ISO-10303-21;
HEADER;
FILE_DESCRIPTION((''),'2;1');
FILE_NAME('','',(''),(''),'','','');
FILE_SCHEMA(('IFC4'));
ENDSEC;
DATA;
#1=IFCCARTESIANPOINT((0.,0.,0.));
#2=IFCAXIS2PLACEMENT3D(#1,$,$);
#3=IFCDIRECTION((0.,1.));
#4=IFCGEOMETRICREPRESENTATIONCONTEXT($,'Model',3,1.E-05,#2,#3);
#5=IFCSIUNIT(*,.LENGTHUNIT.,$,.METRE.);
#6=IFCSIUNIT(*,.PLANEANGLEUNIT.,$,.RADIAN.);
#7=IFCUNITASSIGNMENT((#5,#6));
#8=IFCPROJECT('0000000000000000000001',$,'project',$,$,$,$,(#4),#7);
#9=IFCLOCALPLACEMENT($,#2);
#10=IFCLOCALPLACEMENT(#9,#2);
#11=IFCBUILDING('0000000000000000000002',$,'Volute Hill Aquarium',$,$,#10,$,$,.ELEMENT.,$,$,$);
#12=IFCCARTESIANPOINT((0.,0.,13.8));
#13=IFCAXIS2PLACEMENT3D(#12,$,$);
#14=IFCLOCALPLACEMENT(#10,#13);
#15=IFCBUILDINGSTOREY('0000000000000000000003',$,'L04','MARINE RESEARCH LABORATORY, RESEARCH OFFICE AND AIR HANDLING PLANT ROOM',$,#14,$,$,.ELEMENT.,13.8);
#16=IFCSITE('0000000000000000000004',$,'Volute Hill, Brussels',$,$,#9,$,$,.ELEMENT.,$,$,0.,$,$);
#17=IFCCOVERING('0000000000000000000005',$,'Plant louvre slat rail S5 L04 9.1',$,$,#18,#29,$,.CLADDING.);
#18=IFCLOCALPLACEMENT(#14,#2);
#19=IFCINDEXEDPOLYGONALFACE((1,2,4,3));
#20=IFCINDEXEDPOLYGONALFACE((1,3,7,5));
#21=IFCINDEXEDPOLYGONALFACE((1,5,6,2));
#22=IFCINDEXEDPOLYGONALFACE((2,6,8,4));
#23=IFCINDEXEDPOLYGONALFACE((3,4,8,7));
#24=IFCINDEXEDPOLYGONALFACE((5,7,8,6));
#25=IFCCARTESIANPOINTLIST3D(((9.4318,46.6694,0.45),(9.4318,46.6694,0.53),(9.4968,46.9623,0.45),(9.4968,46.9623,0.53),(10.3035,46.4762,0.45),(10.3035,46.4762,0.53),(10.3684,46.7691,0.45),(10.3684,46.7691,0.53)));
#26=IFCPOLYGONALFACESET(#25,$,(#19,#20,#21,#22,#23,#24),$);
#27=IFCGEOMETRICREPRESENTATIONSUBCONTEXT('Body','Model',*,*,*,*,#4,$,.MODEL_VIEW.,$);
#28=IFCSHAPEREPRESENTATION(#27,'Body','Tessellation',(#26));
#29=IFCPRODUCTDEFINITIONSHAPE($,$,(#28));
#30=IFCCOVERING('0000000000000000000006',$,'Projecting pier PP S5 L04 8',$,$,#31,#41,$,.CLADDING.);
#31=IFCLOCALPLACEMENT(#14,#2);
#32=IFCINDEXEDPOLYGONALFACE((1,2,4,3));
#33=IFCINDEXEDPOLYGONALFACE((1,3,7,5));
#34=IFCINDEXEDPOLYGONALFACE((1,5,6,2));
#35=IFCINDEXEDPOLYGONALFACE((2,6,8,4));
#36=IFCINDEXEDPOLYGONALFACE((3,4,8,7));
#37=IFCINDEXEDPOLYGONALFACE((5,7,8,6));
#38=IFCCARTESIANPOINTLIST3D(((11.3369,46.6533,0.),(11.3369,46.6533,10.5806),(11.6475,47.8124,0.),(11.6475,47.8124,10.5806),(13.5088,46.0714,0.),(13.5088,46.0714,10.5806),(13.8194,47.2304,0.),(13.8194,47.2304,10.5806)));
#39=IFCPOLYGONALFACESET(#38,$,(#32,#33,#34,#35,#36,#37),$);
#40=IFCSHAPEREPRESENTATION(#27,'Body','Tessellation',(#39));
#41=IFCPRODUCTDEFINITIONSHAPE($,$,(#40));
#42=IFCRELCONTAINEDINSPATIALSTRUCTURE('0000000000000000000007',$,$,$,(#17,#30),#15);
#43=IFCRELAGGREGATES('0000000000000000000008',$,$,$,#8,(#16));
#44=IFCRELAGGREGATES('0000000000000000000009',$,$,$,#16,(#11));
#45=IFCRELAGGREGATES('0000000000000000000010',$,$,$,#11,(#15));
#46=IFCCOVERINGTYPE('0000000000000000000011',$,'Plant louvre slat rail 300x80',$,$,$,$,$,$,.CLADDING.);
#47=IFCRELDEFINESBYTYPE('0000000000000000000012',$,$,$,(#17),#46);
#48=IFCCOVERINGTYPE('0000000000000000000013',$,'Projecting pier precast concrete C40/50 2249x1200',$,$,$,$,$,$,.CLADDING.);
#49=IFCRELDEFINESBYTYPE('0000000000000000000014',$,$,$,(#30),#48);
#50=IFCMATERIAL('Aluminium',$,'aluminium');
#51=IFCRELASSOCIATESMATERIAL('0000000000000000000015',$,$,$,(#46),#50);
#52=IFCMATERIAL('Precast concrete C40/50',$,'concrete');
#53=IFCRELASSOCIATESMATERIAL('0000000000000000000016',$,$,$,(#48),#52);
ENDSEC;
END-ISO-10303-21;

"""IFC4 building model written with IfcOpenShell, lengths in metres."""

from ifc_helpers import new_model, si_unit, direction, frame, origin, origin_2d, place, context, subcontext, project, spatial, rectangle, extrude, material, type_object, element, save


model = new_model("IFC4")

# Units and contexts
model_context = context("Model", 3, precision=1e-05, world=origin(), true_north=direction((0.0, 1.0)))
body_context = subcontext(model_context, "Body", "Model", "MODEL_VIEW")
ifc_project = project(units=[si_unit("LENGTHUNIT", "METRE"), si_unit("PLANEANGLEUNIT", "RADIAN")], contexts=[model_context])

# Site, building, storey
site_placement = place(None, origin())
site = spatial("IfcSite", under=ifc_project, at=site_placement, Name="Volute Hill, Brussels", CompositionType="ELEMENT", RefElevation=0.0)
building_placement = place(site_placement, origin())
building = spatial("IfcBuilding", under=site, at=building_placement, Name="Volute Hill Aquarium", CompositionType="ELEMENT")
storey_placement = place(building_placement, frame((0.0, 0.0, 13.8)))
storey = spatial("IfcBuildingStorey", under=building, at=storey_placement, Name="L04", Description="MARINE RESEARCH LABORATORY, RESEARCH OFFICE AND AIR HANDLING PLANT ROOM", CompositionType="ELEMENT", Elevation=13.8)

# Coverings
ifc_material_1 = material(Name="Aluminium", Category="aluminium")
covering_type_1 = type_object("IfcCoveringType", Name="Plant louvre slat rail 300x80", PredefinedType="CLADDING", material=ifc_material_1)
for number, where, z_axis, x_axis, name in (
    (1, (9.9001, 46.7192, 0.45), (0.0, 0.0, 1.0), (-0.9763, 0.216423, 0.0), "Plant louvre slat rail S5 L04 9.1"),
):
    element("IfcCovering", number, at=place(storey_placement, frame(where, z_axis=z_axis, x_axis=x_axis)), inside=storey, type_object=covering_type_1, Name=name, PredefinedType="CLADDING", context=body_context, shape_type="SweptSolid", body=[
        extrude(rectangle(XDim=0.8928, YDim=0.3, at=origin_2d()), origin(), (0.0, 0.0, 1.0), 0.0801),
    ])
ifc_material_2 = material(Name="Precast concrete C40/50", Category="concrete")
covering_type_2 = type_object("IfcCoveringType", Name="Projecting pier precast concrete C40/50 2249x1200", PredefinedType="CLADDING", material=ifc_material_2)
covering_placement = place(storey_placement, frame((12.5781, 46.9419, 0.0), z_axis=(0.0, 0.0, 1.0), x_axis=(-0.965926, 0.258819, 0.0)))
element("IfcCovering", 2, at=covering_placement, inside=storey, type_object=covering_type_2, Name="Projecting pier PP S5 L04 8", PredefinedType="CLADDING", context=body_context, shape_type="SweptSolid", body=[
    extrude(rectangle(XDim=2.2485, YDim=1.2, at=origin_2d()), origin(), (0.0, 0.0, 1.0), 10.5806),
])

save(model, "model.ifc")
